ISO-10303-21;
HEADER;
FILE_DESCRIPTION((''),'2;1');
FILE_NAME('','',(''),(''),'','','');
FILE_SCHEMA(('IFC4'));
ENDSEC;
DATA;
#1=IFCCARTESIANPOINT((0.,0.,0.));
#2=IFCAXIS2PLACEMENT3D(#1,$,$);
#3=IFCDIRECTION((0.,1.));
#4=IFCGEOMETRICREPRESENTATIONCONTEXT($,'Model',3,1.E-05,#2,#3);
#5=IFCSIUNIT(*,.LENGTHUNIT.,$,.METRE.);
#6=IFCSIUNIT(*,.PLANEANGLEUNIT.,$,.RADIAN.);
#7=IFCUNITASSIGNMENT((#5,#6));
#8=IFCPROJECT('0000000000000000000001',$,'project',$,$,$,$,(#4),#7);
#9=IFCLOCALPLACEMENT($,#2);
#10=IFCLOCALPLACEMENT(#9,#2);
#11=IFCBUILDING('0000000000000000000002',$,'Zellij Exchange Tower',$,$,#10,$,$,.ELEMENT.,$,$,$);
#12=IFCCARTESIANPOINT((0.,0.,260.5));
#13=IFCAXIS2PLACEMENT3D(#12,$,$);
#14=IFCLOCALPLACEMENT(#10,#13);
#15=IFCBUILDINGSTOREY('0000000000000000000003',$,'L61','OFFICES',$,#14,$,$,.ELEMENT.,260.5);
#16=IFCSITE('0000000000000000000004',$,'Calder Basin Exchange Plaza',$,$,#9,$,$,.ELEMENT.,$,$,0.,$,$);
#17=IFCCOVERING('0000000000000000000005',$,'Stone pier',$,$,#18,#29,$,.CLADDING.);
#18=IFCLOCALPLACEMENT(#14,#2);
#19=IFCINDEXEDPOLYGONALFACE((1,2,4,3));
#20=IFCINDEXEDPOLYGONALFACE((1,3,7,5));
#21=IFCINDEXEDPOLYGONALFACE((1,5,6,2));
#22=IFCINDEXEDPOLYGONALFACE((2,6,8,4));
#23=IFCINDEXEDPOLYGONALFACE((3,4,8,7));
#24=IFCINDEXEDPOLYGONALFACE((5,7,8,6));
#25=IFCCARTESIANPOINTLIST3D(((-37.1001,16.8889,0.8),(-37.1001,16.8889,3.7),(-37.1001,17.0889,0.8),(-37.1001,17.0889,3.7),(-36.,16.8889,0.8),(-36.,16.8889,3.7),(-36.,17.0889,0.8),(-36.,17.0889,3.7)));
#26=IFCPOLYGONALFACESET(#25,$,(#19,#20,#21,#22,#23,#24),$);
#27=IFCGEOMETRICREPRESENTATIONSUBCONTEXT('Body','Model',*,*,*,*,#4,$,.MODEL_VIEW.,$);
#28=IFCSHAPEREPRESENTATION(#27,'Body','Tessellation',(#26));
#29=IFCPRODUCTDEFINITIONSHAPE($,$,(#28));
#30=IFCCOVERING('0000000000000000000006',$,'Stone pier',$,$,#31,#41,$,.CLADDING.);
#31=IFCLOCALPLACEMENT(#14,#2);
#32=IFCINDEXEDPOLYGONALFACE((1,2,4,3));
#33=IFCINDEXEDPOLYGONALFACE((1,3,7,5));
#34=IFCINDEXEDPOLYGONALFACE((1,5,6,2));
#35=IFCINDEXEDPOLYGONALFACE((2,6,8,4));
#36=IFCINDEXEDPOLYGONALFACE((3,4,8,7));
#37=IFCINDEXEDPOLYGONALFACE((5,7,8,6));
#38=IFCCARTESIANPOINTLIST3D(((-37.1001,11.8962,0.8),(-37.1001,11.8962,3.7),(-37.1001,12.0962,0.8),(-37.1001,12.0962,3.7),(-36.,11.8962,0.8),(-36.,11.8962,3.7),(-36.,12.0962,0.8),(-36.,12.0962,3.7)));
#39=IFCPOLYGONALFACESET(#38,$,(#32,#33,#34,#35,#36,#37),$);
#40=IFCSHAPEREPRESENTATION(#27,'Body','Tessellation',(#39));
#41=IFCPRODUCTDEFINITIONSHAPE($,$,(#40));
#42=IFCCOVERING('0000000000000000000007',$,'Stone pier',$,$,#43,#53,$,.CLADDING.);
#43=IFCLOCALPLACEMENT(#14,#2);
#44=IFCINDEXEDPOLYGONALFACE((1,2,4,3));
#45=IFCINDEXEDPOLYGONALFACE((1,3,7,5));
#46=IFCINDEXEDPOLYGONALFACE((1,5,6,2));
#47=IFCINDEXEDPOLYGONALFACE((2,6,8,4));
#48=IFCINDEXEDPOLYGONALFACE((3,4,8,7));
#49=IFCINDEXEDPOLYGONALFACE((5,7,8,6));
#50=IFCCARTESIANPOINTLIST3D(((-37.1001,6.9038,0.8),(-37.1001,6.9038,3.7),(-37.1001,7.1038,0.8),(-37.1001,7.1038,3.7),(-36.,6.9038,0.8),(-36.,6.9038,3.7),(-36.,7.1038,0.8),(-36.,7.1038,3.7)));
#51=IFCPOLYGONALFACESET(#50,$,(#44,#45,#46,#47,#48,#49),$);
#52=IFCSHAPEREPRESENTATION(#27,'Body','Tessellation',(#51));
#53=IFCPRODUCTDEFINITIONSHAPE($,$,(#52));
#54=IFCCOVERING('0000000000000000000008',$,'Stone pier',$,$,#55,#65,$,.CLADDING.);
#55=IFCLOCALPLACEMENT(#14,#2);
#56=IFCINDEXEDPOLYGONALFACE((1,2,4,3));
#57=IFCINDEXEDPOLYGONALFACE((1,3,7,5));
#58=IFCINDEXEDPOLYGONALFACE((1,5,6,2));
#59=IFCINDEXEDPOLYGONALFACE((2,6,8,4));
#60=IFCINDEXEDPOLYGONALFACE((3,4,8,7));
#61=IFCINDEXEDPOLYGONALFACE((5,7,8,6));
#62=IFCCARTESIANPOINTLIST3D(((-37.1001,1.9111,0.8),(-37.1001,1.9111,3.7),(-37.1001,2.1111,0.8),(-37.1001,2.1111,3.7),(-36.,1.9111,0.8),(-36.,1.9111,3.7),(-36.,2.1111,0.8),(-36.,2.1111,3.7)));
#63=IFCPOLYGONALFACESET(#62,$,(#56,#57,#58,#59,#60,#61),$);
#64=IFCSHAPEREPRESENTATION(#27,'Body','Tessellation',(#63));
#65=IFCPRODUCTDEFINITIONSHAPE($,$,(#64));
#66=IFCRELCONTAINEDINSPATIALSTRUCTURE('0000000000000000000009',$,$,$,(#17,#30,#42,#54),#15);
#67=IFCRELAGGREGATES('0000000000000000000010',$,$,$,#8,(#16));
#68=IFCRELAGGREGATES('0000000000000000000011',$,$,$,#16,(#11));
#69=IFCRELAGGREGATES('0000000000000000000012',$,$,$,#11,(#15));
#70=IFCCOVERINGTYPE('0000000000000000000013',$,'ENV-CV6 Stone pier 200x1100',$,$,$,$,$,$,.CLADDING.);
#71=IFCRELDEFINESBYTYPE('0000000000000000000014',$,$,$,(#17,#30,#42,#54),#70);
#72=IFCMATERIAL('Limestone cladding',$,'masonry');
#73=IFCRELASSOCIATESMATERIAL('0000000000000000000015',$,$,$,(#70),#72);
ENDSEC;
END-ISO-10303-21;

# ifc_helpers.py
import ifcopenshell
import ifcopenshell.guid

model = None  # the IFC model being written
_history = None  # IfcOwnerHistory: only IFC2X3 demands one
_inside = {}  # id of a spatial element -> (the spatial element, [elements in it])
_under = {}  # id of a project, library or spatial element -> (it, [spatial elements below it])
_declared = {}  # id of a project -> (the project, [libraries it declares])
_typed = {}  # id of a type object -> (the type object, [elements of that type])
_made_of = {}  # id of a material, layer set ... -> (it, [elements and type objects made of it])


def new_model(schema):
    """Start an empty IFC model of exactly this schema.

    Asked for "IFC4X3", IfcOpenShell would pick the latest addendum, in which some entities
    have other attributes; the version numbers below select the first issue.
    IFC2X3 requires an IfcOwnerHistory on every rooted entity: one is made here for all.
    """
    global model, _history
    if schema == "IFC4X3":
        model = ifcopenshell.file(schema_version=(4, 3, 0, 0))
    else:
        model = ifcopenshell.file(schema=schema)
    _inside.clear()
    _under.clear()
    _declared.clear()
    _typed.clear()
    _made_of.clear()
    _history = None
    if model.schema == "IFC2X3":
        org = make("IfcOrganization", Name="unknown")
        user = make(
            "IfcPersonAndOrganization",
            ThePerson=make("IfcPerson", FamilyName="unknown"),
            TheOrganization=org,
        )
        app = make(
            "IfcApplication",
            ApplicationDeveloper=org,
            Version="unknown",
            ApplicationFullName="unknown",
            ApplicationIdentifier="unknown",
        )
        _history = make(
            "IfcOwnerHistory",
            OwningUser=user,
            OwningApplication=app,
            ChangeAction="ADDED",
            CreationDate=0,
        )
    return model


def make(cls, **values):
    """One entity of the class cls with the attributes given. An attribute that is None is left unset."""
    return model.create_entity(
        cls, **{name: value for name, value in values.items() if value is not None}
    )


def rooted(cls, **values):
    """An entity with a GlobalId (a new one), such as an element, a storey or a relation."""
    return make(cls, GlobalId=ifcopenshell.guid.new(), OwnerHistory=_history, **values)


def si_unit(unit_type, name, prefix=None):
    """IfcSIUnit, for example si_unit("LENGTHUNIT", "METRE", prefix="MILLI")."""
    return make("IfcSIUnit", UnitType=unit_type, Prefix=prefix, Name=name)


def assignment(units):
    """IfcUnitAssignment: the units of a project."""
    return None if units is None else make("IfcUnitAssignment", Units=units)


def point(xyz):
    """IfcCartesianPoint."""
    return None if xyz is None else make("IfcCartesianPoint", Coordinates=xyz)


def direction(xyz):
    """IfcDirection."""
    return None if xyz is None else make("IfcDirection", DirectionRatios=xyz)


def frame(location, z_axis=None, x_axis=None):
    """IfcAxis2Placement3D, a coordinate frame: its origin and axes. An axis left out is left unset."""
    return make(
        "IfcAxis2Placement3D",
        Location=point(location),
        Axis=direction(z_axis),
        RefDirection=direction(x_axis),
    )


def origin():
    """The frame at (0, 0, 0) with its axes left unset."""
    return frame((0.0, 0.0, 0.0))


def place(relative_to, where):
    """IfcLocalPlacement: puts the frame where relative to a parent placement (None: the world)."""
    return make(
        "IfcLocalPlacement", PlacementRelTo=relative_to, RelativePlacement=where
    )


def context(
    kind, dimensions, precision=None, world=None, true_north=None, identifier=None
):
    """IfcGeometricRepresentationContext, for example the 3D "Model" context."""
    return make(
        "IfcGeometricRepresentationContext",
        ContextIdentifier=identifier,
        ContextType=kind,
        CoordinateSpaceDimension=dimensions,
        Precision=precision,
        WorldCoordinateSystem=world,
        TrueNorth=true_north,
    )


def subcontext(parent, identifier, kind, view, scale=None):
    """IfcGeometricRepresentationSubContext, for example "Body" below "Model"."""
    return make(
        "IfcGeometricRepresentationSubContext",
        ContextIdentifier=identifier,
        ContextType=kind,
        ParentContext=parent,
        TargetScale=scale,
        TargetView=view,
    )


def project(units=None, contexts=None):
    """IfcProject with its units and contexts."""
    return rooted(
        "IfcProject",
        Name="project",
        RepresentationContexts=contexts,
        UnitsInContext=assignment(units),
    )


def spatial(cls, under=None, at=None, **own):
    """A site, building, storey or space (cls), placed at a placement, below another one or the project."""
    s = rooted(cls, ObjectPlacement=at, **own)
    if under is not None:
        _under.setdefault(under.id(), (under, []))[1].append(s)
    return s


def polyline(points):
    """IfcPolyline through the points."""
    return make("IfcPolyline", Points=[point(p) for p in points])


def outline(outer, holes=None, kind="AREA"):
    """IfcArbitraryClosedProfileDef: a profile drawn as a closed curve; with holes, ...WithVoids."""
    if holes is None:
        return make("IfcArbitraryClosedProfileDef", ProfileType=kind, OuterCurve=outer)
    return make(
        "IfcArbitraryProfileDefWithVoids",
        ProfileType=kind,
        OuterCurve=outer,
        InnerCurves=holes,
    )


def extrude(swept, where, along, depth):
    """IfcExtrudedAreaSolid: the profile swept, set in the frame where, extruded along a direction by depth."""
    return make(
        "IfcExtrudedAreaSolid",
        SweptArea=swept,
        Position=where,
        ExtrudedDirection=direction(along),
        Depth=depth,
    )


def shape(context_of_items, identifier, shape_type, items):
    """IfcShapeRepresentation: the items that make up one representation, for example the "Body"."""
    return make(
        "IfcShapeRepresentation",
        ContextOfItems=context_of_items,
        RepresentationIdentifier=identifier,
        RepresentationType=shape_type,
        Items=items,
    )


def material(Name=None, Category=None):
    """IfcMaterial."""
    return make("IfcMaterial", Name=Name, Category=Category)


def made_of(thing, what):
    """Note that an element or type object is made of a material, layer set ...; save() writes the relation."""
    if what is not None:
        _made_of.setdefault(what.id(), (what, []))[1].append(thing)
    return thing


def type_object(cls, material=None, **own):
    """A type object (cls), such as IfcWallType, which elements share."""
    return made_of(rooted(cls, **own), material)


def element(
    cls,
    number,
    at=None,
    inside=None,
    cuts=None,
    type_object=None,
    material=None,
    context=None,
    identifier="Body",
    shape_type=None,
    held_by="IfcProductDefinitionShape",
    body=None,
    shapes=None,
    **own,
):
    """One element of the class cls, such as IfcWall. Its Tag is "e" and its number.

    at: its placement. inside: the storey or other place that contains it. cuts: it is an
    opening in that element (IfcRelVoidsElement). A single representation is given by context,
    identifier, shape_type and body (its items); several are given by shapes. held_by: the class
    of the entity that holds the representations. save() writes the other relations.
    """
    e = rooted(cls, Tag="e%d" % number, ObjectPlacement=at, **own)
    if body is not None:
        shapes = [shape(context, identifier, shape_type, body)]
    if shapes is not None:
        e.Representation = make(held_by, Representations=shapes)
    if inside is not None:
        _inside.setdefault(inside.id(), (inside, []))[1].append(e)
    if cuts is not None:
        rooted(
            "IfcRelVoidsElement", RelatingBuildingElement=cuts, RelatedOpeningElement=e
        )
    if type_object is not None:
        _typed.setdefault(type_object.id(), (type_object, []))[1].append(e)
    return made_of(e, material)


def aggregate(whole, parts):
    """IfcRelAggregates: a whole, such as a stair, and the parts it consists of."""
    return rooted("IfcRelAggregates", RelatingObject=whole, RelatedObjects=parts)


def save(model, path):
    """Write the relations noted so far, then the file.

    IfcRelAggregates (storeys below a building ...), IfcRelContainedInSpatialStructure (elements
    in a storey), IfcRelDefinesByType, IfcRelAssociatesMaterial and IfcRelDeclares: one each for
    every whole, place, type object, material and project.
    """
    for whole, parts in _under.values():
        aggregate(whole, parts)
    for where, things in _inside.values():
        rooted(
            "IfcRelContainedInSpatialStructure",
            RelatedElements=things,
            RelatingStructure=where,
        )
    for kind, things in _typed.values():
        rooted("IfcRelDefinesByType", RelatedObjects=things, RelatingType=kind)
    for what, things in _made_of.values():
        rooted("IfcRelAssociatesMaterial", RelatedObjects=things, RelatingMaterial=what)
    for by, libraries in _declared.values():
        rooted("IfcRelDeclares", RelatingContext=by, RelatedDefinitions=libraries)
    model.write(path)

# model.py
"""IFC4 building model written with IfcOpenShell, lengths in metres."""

from ifc_helpers import new_model, si_unit, direction, frame, origin, place, context, subcontext, project, spatial, polyline, outline, extrude, material, type_object, element, save


model = new_model("IFC4")

# Units and contexts
model_context = context("Model", 3, precision=1e-05, world=origin(), true_north=direction((0.0, 1.0)))
body_context = subcontext(model_context, "Body", "Model", "MODEL_VIEW")
ifc_project = project(units=[si_unit("LENGTHUNIT", "METRE"), si_unit("PLANEANGLEUNIT", "RADIAN")], contexts=[model_context])

# Site, building, storey
site_placement = place(None, origin())
site = spatial("IfcSite", under=ifc_project, at=site_placement, Name="Calder Basin Exchange Plaza", CompositionType="ELEMENT", RefElevation=0.0)
building_placement = place(site_placement, origin())
building = spatial("IfcBuilding", under=site, at=building_placement, Name="Zellij Exchange Tower", CompositionType="ELEMENT")
storey_placement = place(building_placement, frame((0.0, 0.0, 260.5)))
storey = spatial("IfcBuildingStorey", under=building, at=storey_placement, Name="L61", Description="OFFICES", CompositionType="ELEMENT", Elevation=260.5)

# Coverings
ifc_material = material(Name="Limestone cladding", Category="masonry")
covering_type = type_object("IfcCoveringType", Name="ENV-CV6 Stone pier 200x1100", PredefinedType="CLADDING", material=ifc_material)
covering_1_placement = place(storey_placement, frame((0.0, 0.0, 0.8)))
element("IfcCovering", 1, at=covering_1_placement, inside=storey, type_object=covering_type, Name="Stone pier", PredefinedType="CLADDING", context=body_context, shape_type="SweptSolid", body=[
    extrude(outline(polyline([(-36.0, 17.0889), (-36.0, 16.8889), (-37.1001, 16.8889), (-37.1001, 17.0889), (-36.0, 17.0889)])), origin(), (0.0, 0.0, 1.0), 2.8999),
])
covering_2_placement = place(storey_placement, frame((0.0, 0.0, 0.8)))
element("IfcCovering", 2, at=covering_2_placement, inside=storey, type_object=covering_type, Name="Stone pier", PredefinedType="CLADDING", context=body_context, shape_type="SweptSolid", body=[
    extrude(outline(polyline([(-36.0, 12.0962), (-36.0, 11.8962), (-37.1001, 11.8962), (-37.1001, 12.0962), (-36.0, 12.0962)])), origin(), (0.0, 0.0, 1.0), 2.8999),
])
covering_3_placement = place(storey_placement, frame((0.0, 0.0, 0.8)))
element("IfcCovering", 3, at=covering_3_placement, inside=storey, type_object=covering_type, Name="Stone pier", PredefinedType="CLADDING", context=body_context, shape_type="SweptSolid", body=[
    extrude(outline(polyline([(-36.0, 7.1038), (-36.0, 6.9038), (-37.1001, 6.9038), (-37.1001, 7.1038), (-36.0, 7.1038)])), origin(), (0.0, 0.0, 1.0), 2.8999),
])
covering_4_placement = place(storey_placement, frame((0.0, 0.0, 0.8)))
element("IfcCovering", 4, at=covering_4_placement, inside=storey, type_object=covering_type, Name="Stone pier", PredefinedType="CLADDING", context=body_context, shape_type="SweptSolid", body=[
    extrude(outline(polyline([(-36.0, 2.1111), (-36.0, 1.9111), (-37.1001, 1.9111), (-37.1001, 2.1111), (-36.0, 2.1111)])), origin(), (0.0, 0.0, 1.0), 2.8999),
])

save(model, "model.ifc")
